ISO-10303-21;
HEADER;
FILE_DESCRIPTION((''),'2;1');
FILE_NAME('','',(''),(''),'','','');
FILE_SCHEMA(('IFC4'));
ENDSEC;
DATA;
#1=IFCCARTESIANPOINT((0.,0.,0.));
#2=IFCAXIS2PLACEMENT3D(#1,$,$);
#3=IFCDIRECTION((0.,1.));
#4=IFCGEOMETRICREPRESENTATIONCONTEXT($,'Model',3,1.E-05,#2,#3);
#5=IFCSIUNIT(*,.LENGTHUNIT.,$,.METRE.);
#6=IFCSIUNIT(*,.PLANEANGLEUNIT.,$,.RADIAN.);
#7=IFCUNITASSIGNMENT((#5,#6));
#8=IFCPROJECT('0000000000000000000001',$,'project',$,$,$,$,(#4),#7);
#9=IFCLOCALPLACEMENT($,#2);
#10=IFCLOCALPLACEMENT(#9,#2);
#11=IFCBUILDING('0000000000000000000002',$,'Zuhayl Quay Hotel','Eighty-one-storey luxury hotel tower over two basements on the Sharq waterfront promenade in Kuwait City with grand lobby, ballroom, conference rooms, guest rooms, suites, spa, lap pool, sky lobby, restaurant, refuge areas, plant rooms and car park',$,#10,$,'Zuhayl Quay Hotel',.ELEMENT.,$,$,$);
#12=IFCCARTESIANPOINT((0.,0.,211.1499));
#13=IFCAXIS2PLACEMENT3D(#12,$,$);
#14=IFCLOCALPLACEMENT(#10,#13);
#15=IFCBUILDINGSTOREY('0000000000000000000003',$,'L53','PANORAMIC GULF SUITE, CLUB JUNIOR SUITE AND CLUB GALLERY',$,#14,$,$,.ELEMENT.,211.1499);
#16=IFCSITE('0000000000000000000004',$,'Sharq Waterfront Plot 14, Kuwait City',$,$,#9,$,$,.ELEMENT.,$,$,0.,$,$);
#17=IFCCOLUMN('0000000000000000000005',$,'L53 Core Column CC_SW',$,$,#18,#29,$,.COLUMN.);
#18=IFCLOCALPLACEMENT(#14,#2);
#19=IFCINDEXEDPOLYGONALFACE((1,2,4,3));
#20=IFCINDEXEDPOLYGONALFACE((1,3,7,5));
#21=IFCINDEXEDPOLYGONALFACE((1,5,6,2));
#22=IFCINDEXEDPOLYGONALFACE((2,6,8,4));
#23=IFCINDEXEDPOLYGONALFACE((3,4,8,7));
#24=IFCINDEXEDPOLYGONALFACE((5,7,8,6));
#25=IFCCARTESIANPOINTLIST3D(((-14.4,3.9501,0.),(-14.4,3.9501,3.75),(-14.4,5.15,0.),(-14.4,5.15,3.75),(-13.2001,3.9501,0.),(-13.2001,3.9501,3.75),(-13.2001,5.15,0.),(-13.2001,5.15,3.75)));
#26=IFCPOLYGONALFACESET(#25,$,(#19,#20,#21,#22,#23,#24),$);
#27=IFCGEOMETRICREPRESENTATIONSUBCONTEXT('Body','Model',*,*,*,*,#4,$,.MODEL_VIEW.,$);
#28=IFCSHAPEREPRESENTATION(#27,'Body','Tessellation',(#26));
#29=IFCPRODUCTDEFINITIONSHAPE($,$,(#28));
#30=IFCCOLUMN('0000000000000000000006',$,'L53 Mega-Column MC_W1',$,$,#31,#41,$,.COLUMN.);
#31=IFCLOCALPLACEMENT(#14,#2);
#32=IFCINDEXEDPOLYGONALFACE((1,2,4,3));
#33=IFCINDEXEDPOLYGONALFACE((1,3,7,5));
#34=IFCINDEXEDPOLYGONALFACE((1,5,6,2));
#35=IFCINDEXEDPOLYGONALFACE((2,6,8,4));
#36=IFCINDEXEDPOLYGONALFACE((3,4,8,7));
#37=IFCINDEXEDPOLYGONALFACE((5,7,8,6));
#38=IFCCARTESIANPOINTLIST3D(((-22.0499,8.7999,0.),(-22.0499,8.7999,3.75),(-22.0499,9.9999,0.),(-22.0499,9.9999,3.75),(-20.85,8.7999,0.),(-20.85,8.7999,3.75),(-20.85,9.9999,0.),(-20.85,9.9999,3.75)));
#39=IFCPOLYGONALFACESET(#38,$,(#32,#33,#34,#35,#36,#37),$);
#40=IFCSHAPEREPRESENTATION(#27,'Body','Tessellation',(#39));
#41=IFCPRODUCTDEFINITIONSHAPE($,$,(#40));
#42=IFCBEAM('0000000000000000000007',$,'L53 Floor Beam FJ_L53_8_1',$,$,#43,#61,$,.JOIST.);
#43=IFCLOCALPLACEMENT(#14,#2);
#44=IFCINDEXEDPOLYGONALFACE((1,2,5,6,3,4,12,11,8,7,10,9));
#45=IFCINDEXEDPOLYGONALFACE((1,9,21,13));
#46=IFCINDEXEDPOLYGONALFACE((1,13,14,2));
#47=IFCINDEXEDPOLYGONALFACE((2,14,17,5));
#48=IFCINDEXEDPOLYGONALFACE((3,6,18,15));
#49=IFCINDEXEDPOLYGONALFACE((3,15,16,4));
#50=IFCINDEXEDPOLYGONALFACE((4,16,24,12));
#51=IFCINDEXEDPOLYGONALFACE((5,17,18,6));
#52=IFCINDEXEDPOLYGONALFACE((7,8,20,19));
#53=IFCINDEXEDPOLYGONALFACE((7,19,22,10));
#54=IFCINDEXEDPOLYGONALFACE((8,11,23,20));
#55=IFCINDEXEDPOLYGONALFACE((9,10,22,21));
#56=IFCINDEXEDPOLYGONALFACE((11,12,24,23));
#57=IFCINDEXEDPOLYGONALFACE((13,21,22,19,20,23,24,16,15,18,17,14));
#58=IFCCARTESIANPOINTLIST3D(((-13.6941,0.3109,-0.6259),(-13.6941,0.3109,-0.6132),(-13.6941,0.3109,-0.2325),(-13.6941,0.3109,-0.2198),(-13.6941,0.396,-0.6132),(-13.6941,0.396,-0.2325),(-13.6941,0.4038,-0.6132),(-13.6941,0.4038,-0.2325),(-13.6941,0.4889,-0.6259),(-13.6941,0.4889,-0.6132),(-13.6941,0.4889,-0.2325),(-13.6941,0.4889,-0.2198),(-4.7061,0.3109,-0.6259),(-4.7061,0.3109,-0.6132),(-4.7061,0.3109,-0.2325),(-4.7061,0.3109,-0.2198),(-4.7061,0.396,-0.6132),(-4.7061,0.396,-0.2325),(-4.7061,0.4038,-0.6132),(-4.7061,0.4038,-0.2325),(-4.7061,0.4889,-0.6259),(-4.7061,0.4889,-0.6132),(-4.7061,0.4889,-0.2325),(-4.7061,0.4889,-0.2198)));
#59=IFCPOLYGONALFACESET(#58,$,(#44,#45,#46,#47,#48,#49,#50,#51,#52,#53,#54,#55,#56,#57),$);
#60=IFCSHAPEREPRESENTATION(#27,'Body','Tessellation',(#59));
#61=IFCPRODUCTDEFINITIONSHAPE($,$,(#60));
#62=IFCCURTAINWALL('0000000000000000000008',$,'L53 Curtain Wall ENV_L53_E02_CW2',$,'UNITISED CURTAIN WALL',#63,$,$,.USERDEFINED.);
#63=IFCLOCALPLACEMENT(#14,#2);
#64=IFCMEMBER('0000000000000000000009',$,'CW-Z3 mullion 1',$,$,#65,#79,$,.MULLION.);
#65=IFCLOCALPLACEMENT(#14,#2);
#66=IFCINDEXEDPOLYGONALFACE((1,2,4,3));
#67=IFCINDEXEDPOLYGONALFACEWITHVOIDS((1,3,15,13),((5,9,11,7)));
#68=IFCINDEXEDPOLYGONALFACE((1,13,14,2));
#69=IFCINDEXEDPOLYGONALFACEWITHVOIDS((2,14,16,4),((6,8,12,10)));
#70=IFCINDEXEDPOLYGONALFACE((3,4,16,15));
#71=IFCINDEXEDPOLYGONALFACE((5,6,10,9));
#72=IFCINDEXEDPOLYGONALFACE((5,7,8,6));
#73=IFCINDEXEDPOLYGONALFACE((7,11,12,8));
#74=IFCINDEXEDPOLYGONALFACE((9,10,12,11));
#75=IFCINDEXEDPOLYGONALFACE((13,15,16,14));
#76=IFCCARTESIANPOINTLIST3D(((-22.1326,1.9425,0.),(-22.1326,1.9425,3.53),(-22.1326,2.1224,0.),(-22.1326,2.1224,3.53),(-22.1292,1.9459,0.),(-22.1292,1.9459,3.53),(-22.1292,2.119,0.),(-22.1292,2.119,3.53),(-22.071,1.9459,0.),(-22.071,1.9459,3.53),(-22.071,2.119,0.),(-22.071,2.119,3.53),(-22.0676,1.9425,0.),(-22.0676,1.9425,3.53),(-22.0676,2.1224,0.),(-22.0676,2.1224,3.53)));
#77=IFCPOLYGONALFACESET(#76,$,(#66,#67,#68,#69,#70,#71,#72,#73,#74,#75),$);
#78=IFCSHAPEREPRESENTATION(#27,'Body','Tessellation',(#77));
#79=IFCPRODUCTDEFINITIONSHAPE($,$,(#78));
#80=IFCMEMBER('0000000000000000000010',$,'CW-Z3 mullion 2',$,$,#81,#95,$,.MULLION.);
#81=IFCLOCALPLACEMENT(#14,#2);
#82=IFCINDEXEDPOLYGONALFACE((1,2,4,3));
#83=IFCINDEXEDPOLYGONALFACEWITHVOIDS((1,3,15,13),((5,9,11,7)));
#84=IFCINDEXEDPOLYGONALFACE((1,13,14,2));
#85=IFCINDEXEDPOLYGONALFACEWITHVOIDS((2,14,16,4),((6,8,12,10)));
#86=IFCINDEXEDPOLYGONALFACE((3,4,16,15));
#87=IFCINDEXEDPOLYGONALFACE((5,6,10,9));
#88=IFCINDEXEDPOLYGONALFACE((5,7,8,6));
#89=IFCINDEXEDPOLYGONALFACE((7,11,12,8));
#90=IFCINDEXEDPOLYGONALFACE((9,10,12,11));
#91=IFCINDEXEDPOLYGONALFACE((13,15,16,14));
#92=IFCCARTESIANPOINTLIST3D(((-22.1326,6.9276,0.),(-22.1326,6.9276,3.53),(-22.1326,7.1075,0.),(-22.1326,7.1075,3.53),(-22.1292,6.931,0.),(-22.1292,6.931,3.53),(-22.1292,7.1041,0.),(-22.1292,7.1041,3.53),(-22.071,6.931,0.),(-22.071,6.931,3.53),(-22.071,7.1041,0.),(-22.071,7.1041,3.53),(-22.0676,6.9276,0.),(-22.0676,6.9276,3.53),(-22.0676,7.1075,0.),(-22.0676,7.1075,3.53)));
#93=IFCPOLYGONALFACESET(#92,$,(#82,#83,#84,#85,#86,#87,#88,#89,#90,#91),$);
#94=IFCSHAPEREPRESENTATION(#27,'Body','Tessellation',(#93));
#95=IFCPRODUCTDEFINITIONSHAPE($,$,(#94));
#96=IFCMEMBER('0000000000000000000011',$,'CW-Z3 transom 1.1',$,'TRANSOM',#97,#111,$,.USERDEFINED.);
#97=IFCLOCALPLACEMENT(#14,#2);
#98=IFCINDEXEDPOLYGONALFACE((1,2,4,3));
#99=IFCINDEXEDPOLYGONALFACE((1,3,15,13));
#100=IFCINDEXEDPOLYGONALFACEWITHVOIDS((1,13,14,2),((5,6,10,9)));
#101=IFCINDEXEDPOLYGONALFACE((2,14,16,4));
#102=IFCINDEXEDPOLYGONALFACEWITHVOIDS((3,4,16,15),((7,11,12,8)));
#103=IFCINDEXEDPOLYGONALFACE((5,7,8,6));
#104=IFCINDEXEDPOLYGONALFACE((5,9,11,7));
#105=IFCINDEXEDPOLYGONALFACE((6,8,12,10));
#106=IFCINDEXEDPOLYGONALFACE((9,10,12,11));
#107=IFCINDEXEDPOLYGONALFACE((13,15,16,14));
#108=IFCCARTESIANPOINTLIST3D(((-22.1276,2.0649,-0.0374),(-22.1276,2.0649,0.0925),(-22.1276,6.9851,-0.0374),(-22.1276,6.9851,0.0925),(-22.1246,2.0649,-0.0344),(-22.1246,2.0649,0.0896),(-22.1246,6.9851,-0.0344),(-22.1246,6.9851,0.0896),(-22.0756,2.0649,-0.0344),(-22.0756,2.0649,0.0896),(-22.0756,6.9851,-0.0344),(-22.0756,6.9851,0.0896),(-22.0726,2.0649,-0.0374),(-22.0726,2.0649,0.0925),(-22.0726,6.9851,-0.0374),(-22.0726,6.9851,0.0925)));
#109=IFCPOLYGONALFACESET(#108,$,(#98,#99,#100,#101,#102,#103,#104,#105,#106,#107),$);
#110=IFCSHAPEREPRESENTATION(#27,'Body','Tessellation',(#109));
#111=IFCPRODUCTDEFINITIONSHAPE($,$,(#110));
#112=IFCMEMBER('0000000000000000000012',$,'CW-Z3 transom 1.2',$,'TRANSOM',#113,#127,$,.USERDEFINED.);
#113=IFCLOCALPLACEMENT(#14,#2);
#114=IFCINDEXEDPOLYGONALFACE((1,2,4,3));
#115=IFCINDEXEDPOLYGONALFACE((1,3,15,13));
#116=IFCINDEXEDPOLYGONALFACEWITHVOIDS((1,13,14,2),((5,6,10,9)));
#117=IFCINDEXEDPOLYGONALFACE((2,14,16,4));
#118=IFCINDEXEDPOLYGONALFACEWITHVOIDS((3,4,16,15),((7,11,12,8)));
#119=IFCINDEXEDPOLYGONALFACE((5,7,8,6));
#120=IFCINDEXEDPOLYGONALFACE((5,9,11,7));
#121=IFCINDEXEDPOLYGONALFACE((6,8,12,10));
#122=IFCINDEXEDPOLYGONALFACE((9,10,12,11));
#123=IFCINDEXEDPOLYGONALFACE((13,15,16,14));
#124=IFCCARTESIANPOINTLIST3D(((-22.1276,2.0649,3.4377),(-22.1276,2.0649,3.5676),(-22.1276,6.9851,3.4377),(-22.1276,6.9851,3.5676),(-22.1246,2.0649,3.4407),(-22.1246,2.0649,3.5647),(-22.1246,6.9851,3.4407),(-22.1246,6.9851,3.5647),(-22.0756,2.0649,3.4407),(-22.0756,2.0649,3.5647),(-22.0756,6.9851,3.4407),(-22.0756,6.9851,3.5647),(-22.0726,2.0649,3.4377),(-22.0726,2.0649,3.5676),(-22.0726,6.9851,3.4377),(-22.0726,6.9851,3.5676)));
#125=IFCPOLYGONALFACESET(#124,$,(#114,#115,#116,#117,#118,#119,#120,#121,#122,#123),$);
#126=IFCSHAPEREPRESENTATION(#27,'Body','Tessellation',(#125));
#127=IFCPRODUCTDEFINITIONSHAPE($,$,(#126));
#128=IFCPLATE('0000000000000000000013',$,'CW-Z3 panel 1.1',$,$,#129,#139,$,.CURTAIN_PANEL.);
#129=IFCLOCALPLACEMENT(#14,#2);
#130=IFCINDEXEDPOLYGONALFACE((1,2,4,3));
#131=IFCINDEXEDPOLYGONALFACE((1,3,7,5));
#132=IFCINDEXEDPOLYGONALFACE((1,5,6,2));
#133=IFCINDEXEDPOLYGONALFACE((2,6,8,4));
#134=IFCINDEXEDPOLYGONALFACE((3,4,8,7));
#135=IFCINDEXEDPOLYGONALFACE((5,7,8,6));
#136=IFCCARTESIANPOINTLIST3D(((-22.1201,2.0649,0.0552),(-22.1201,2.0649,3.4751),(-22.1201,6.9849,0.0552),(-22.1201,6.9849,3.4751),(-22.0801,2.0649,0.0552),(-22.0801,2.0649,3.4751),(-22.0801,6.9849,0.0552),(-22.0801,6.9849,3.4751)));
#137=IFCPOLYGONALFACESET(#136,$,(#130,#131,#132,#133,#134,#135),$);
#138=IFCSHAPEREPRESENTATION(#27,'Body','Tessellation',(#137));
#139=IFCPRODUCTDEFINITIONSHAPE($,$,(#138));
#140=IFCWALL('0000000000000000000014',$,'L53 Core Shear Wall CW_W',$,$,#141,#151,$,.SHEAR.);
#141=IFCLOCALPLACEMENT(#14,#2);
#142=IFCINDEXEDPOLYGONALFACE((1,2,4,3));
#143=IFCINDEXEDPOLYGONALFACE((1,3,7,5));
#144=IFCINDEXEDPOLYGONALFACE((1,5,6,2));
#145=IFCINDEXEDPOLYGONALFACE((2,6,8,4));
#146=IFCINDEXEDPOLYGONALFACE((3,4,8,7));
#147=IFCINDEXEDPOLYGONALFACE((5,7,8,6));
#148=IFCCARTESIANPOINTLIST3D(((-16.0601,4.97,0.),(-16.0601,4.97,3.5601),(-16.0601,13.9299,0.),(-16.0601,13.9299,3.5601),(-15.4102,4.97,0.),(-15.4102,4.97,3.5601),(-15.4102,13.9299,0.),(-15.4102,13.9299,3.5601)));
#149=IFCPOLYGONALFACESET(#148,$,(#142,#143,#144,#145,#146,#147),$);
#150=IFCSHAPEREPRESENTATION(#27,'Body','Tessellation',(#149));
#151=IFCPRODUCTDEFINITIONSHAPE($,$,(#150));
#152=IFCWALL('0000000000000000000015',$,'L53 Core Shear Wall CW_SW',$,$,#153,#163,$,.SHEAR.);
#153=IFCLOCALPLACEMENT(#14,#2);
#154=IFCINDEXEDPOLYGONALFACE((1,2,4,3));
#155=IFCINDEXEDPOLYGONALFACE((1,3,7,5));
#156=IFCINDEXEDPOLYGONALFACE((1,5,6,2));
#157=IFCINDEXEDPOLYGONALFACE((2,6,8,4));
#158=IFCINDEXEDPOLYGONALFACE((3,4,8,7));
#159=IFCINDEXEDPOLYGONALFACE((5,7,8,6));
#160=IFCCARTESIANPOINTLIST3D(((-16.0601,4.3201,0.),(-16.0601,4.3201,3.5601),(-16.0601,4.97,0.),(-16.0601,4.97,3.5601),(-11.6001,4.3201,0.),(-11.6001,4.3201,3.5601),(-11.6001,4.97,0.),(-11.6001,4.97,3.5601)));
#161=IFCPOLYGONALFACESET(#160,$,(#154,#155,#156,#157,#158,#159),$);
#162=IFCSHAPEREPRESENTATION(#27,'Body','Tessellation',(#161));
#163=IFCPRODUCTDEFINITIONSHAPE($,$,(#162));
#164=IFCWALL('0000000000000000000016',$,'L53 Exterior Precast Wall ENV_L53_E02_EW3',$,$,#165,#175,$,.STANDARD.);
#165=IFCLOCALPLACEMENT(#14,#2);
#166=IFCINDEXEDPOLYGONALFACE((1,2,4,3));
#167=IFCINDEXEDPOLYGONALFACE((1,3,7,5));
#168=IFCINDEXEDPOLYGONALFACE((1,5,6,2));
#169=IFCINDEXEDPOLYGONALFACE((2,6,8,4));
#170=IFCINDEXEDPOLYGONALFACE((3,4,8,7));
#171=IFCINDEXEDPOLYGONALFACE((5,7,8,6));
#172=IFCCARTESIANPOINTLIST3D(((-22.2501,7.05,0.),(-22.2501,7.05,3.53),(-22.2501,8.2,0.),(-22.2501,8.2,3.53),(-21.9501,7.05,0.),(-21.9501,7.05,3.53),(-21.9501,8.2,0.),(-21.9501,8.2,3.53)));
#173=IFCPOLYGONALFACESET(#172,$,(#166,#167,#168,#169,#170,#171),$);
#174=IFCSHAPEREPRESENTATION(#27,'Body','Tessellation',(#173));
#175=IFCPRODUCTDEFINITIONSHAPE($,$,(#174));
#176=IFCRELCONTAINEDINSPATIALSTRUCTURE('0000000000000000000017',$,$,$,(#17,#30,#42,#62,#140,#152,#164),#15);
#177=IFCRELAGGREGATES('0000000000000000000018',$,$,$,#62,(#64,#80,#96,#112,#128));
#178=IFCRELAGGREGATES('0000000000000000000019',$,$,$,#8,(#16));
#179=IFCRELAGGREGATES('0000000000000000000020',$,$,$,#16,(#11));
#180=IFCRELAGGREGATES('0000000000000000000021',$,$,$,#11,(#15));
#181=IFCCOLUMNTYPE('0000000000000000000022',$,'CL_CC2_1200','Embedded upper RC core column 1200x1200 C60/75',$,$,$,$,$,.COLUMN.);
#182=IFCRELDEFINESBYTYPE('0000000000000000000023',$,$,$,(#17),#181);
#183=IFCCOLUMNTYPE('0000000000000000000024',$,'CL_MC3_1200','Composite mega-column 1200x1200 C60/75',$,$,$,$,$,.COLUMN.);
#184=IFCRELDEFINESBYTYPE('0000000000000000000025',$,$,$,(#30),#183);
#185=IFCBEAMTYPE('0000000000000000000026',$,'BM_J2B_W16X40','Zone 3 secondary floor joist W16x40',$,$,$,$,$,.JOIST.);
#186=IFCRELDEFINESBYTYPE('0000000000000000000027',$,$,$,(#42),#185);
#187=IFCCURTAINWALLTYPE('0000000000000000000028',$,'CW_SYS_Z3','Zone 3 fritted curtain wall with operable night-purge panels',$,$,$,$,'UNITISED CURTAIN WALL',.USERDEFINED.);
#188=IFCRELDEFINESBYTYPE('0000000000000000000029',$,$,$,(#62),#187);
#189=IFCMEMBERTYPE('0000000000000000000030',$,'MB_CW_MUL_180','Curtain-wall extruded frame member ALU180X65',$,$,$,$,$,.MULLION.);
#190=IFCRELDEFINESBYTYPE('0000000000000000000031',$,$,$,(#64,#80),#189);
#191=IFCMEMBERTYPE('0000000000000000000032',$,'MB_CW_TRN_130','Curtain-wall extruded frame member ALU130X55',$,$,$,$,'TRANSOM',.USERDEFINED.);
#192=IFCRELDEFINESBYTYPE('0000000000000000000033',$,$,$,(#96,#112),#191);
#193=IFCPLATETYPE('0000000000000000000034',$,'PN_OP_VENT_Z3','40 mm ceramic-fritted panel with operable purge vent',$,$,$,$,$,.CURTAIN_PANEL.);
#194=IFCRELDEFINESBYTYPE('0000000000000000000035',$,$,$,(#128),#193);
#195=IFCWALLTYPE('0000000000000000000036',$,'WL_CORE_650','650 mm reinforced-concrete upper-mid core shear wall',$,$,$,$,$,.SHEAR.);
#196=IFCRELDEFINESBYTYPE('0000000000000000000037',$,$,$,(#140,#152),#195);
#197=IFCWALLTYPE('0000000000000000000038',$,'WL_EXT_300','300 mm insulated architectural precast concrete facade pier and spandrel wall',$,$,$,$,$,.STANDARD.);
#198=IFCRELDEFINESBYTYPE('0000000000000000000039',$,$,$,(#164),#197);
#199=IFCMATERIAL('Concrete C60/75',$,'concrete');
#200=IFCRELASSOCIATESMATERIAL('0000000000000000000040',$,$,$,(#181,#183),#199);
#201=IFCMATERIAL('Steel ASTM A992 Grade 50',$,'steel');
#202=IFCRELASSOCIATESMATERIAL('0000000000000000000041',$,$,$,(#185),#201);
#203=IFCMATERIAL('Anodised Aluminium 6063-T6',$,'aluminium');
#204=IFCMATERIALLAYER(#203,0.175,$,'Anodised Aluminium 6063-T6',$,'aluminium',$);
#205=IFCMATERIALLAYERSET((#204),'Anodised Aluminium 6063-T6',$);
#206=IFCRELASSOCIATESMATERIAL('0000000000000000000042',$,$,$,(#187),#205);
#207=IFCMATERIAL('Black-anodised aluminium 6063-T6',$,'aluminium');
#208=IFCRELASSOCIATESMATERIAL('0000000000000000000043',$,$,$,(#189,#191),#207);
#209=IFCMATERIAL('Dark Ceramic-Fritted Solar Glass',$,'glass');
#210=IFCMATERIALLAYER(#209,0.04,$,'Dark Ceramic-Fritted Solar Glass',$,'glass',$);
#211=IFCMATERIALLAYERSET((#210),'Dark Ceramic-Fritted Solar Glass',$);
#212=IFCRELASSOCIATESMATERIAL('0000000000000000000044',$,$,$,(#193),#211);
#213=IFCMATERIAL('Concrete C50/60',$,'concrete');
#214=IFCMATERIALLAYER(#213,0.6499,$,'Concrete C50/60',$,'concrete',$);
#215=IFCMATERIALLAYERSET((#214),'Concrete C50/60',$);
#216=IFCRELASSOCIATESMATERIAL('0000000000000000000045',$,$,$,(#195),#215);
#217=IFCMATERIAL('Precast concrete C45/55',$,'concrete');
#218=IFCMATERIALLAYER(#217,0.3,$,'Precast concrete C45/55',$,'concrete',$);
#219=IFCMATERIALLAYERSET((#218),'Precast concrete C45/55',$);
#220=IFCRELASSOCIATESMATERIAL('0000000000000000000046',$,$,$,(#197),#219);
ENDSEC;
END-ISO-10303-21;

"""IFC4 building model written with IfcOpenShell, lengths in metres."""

from ifc_helpers import new_model, si_unit, direction, frame, frame_2d, origin, origin_2d, place, context, subcontext, project, spatial, rectangle, hollow_rectangle, i_section, extrude, material, layer, layer_set, material_profile, profile_set, type_object, element, aggregate, save


model = new_model("IFC4")

# Units and contexts
model_context = context("Model", 3, precision=1e-05, world=origin(), true_north=direction((0.0, 1.0)))
body_context = subcontext(model_context, "Body", "Model", "MODEL_VIEW")
ifc_project = project(units=[si_unit("LENGTHUNIT", "METRE"), si_unit("PLANEANGLEUNIT", "RADIAN")], contexts=[model_context])

# Site, building, storey
site_placement = place(None, origin())
site = spatial("IfcSite", under=ifc_project, at=site_placement, Name="Sharq Waterfront Plot 14, Kuwait City", CompositionType="ELEMENT", RefElevation=0.0)
building_placement = place(site_placement, origin())
building = spatial("IfcBuilding", under=site, at=building_placement, Name="Zuhayl Quay Hotel", Description="Eighty-one-storey luxury hotel tower over two basements on the Sharq waterfront promenade in Kuwait City with grand lobby, ballroom, conference rooms, guest rooms, suites, spa, lap pool, sky lobby, restaurant, refuge areas, plant rooms and car park", LongName="Zuhayl Quay Hotel", CompositionType="ELEMENT")
storey_placement = place(building_placement, frame((0.0, 0.0, 211.1499)))
storey = spatial("IfcBuildingStorey", under=building, at=storey_placement, Name="L53", Description="PANORAMIC GULF SUITE, CLUB JUNIOR SUITE AND CLUB GALLERY", CompositionType="ELEMENT", Elevation=211.1499)

# Columns
ifc_material_1 = material(Name="Concrete C60/75", Category="concrete")
ifc_material_profile_1 = material_profile(ifc_material_1, rectangle(XDim=1.2, YDim=1.2, at=origin_2d()), Name="RC1200X1200")
ifc_profile_set_1 = profile_set([ifc_material_profile_1], Name="Concrete C60/75")
column_type_1 = type_object("IfcColumnType", Name="CL_CC2_1200", Description="Embedded upper RC core column 1200x1200 C60/75", PredefinedType="COLUMN", material=ifc_profile_set_1)
column_1_placement = place(storey_placement, frame((-13.8, 4.55, 0.0), z_axis=(0.0, 0.0, 1.0), x_axis=(1.0, 0.0, 0.0)))
element("IfcColumn", 1, at=column_1_placement, inside=storey, type_object=column_type_1, Name="L53 Core Column CC_SW", PredefinedType="COLUMN", context=body_context, shape_type="SweptSolid", body=[
    extrude(rectangle(XDim=1.2, YDim=1.2, at=origin_2d()), origin(), (0.0, 0.0, 1.0), 3.75),
])
ifc_material_profile_2 = material_profile(ifc_material_1, rectangle(XDim=1.2, YDim=1.2, at=origin_2d()), Name="RC1200X1200")
ifc_profile_set_2 = profile_set([ifc_material_profile_2], Name="Concrete C60/75")
column_type_2 = type_object("IfcColumnType", Name="CL_MC3_1200", Description="Composite mega-column 1200x1200 C60/75", PredefinedType="COLUMN", material=ifc_profile_set_2)
column_2_placement = place(storey_placement, frame((-21.45, 9.3999, 0.0), z_axis=(0.0, 0.0, 1.0), x_axis=(1.0, 0.0, 0.0)))
element("IfcColumn", 2, at=column_2_placement, inside=storey, type_object=column_type_2, Name="L53 Mega-Column MC_W1", PredefinedType="COLUMN", context=body_context, shape_type="SweptSolid", body=[
    extrude(rectangle(XDim=1.2, YDim=1.2, at=origin_2d()), origin(), (0.0, 0.0, 1.0), 3.75),
])

# Beam
ifc_material_2 = material(Name="Steel ASTM A992 Grade 50", Category="steel")
ifc_material_profile_3 = material_profile(ifc_material_2, i_section(OverallWidth=0.178, OverallDepth=0.406, WebThickness=0.0078, FlangeThickness=0.0127, at=origin_2d()), Name="W16X40")
ifc_profile_set_3 = profile_set([ifc_material_profile_3], Name="Steel ASTM A992 Grade 50")
beam_type = type_object("IfcBeamType", Name="BM_J2B_W16X40", Description="Zone 3 secondary floor joist W16x40", PredefinedType="JOIST", material=ifc_profile_set_3)
beam_placement = place(storey_placement, frame((-13.6941, 0.3999, -0.4229), z_axis=(1.0, 0.0, 0.0), x_axis=(0.0, 1.0, 0.0)))
element("IfcBeam", 3, at=beam_placement, inside=storey, type_object=beam_type, Name="L53 Floor Beam FJ_L53_8_1", PredefinedType="JOIST", context=body_context, shape_type="SweptSolid", body=[
    extrude(i_section(OverallWidth=0.178, OverallDepth=0.406, WebThickness=0.0078, FlangeThickness=0.0127, at=origin_2d()), origin(), (0.0, 0.0, 1.0), 8.988),
])

# Curtain wall, members, plate
ifc_material_3 = material(Name="Anodised Aluminium 6063-T6", Category="aluminium")
ifc_layer_1 = layer(ifc_material_3, 0.175, Name="Anodised Aluminium 6063-T6", Category="aluminium")
ifc_layer_set_1 = layer_set([ifc_layer_1], Name="Anodised Aluminium 6063-T6")
curtain_wall_type = type_object("IfcCurtainWallType", Name="CW_SYS_Z3", Description="Zone 3 fritted curtain wall with operable night-purge panels", ElementType="UNITISED CURTAIN WALL", PredefinedType="USERDEFINED", material=ifc_layer_set_1)
curtain_wall_placement = place(storey_placement, origin())
curtain_wall = element("IfcCurtainWall", 4, at=curtain_wall_placement, inside=storey, type_object=curtain_wall_type, Name="L53 Curtain Wall ENV_L53_E02_CW2", ObjectType="UNITISED CURTAIN WALL", PredefinedType="USERDEFINED")
ifc_material_4 = material(Name="Black-anodised aluminium 6063-T6", Category="aluminium")
ifc_material_profile_4 = material_profile(ifc_material_4, hollow_rectangle(XDim=0.0649, YDim=0.1799, WallThickness=0.0034, at=origin_2d()), Name="ALU180X65")
ifc_profile_set_4 = profile_set([ifc_material_profile_4], Name="Black-anodised aluminium 6063-T6")
member_type_1 = type_object("IfcMemberType", Name="MB_CW_MUL_180", Description="Curtain-wall extruded frame member ALU180X65", PredefinedType="MULLION", material=ifc_profile_set_4)
member_1_placement = place(storey_placement, frame((-22.1001, 2.0325, 0.0), z_axis=(0.0, 0.0, 1.0), x_axis=(-1.0, 0.0, 0.0)))
member_1 = element("IfcMember", 5, at=member_1_placement, type_object=member_type_1, Name="CW-Z3 mullion 1", PredefinedType="MULLION", context=body_context, shape_type="SweptSolid", body=[
    extrude(hollow_rectangle(XDim=0.0649, YDim=0.1799, WallThickness=0.0034, at=origin_2d()), origin(), (0.0, 0.0, 1.0), 3.53),
])
member_2_placement = place(storey_placement, frame((-22.1001, 7.0176, 0.0), z_axis=(0.0, 0.0, 1.0), x_axis=(-1.0, 0.0, 0.0)))
member_2 = element("IfcMember", 6, at=member_2_placement, type_object=member_type_1, Name="CW-Z3 mullion 2", PredefinedType="MULLION", context=body_context, shape_type="SweptSolid", body=[
    extrude(hollow_rectangle(XDim=0.0649, YDim=0.1799, WallThickness=0.0034, at=origin_2d()), origin(), (0.0, 0.0, 1.0), 3.53),
])
ifc_material_profile_5 = material_profile(ifc_material_4, hollow_rectangle(XDim=0.0549, YDim=0.1299, WallThickness=0.0029, at=origin_2d()), Name="ALU130X55")
ifc_profile_set_5 = profile_set([ifc_material_profile_5], Name="Black-anodised aluminium 6063-T6")
member_type_2 = type_object("IfcMemberType", Name="MB_CW_TRN_130", Description="Curtain-wall extruded frame member ALU130X55", ElementType="TRANSOM", PredefinedType="USERDEFINED", material=ifc_profile_set_5)
member_3_placement = place(storey_placement, frame((-22.1001, 2.0649, 0.0276), z_axis=(0.0, 1.0, 0.0), x_axis=(-1.0, 0.0, 0.0)))
member_3 = element("IfcMember", 7, at=member_3_placement, type_object=member_type_2, Name="CW-Z3 transom 1.1", ObjectType="TRANSOM", PredefinedType="USERDEFINED", context=body_context, shape_type="SweptSolid", body=[
    extrude(hollow_rectangle(XDim=0.0549, YDim=0.1299, WallThickness=0.0029, at=origin_2d()), origin(), (0.0, 0.0, 1.0), 4.9202),
])
member_4_placement = place(storey_placement, frame((-22.1001, 2.0649, 3.5027), z_axis=(0.0, 1.0, 0.0), x_axis=(-1.0, 0.0, 0.0)))
member_4 = element("IfcMember", 8, at=member_4_placement, type_object=member_type_2, Name="CW-Z3 transom 1.2", ObjectType="TRANSOM", PredefinedType="USERDEFINED", context=body_context, shape_type="SweptSolid", body=[
    extrude(hollow_rectangle(XDim=0.0549, YDim=0.1299, WallThickness=0.0029, at=origin_2d()), origin(), (0.0, 0.0, 1.0), 4.9202),
])
ifc_material_5 = material(Name="Dark Ceramic-Fritted Solar Glass", Category="glass")
ifc_layer_2 = layer(ifc_material_5, 0.04, Name="Dark Ceramic-Fritted Solar Glass", Category="glass")
ifc_layer_set_2 = layer_set([ifc_layer_2], Name="Dark Ceramic-Fritted Solar Glass")
plate_type = type_object("IfcPlateType", Name="PN_OP_VENT_Z3", Description="40 mm ceramic-fritted panel with operable purge vent", PredefinedType="CURTAIN_PANEL", material=ifc_layer_set_2)
plate_placement = place(storey_placement, frame((-22.1001, 4.5249, 0.0552), z_axis=(0.0, 0.0, 1.0), x_axis=(0.0, 1.0, 0.0)))
plate = element("IfcPlate", 9, at=plate_placement, type_object=plate_type, Name="CW-Z3 panel 1.1", PredefinedType="CURTAIN_PANEL", context=body_context, shape_type="SweptSolid", body=[
    extrude(rectangle(XDim=4.9199, YDim=0.04, at=origin_2d()), origin(), (0.0, 0.0, 1.0), 3.4199),
])
aggregate(curtain_wall, [member_1, member_2, member_3, member_4, plate])

# Walls
ifc_material_6 = material(Name="Concrete C50/60", Category="concrete")
ifc_layer_3 = layer(ifc_material_6, 0.6499, Name="Concrete C50/60", Category="concrete")
ifc_layer_set_3 = layer_set([ifc_layer_3], Name="Concrete C50/60")
wall_type_1 = type_object("IfcWallType", Name="WL_CORE_650", Description="650 mm reinforced-concrete upper-mid core shear wall", PredefinedType="SHEAR", material=ifc_layer_set_3)
wall_1_placement = place(storey_placement, frame((-15.7351, 4.97, 0.0), z_axis=(0.0, 0.0, 1.0), x_axis=(0.0, 1.0, 0.0)))
element("IfcWall", 10, at=wall_1_placement, inside=storey, type_object=wall_type_1, Name="L53 Core Shear Wall CW_W", PredefinedType="SHEAR", context=body_context, shape_type="SweptSolid", body=[
    extrude(rectangle(XDim=8.96, YDim=0.6499, at=frame_2d((4.48, 0.0))), origin(), (0.0, 0.0, 1.0), 3.5601),
])
wall_2_placement = place(storey_placement, frame((-16.0601, 4.645, 0.0), z_axis=(0.0, 0.0, 1.0), x_axis=(1.0, 0.0, 0.0)))
element("IfcWall", 11, at=wall_2_placement, inside=storey, type_object=wall_type_1, Name="L53 Core Shear Wall CW_SW", PredefinedType="SHEAR", context=body_context, shape_type="SweptSolid", body=[
    extrude(rectangle(XDim=4.46, YDim=0.6499, at=frame_2d((2.23, 0.0))), origin(), (0.0, 0.0, 1.0), 3.5601),
])
ifc_material_7 = material(Name="Precast concrete C45/55", Category="concrete")
ifc_layer_4 = layer(ifc_material_7, 0.3, Name="Precast concrete C45/55", Category="concrete")
ifc_layer_set_4 = layer_set([ifc_layer_4], Name="Precast concrete C45/55")
wall_type_2 = type_object("IfcWallType", Name="WL_EXT_300", Description="300 mm insulated architectural precast concrete facade pier and spandrel wall", PredefinedType="STANDARD", material=ifc_layer_set_4)
wall_3_placement = place(storey_placement, frame((-22.1001, 7.05, 0.0), z_axis=(0.0, 0.0, 1.0), x_axis=(0.0, 1.0, 0.0)))
element("IfcWall", 12, at=wall_3_placement, inside=storey, type_object=wall_type_2, Name="L53 Exterior Precast Wall ENV_L53_E02_EW3", PredefinedType="STANDARD", context=body_context, shape_type="SweptSolid", body=[
    extrude(rectangle(XDim=1.1499, YDim=0.3, at=frame_2d((0.575, 0.0))), origin(), (0.0, 0.0, 1.0), 3.53),
])

save(model, "model.ifc")
